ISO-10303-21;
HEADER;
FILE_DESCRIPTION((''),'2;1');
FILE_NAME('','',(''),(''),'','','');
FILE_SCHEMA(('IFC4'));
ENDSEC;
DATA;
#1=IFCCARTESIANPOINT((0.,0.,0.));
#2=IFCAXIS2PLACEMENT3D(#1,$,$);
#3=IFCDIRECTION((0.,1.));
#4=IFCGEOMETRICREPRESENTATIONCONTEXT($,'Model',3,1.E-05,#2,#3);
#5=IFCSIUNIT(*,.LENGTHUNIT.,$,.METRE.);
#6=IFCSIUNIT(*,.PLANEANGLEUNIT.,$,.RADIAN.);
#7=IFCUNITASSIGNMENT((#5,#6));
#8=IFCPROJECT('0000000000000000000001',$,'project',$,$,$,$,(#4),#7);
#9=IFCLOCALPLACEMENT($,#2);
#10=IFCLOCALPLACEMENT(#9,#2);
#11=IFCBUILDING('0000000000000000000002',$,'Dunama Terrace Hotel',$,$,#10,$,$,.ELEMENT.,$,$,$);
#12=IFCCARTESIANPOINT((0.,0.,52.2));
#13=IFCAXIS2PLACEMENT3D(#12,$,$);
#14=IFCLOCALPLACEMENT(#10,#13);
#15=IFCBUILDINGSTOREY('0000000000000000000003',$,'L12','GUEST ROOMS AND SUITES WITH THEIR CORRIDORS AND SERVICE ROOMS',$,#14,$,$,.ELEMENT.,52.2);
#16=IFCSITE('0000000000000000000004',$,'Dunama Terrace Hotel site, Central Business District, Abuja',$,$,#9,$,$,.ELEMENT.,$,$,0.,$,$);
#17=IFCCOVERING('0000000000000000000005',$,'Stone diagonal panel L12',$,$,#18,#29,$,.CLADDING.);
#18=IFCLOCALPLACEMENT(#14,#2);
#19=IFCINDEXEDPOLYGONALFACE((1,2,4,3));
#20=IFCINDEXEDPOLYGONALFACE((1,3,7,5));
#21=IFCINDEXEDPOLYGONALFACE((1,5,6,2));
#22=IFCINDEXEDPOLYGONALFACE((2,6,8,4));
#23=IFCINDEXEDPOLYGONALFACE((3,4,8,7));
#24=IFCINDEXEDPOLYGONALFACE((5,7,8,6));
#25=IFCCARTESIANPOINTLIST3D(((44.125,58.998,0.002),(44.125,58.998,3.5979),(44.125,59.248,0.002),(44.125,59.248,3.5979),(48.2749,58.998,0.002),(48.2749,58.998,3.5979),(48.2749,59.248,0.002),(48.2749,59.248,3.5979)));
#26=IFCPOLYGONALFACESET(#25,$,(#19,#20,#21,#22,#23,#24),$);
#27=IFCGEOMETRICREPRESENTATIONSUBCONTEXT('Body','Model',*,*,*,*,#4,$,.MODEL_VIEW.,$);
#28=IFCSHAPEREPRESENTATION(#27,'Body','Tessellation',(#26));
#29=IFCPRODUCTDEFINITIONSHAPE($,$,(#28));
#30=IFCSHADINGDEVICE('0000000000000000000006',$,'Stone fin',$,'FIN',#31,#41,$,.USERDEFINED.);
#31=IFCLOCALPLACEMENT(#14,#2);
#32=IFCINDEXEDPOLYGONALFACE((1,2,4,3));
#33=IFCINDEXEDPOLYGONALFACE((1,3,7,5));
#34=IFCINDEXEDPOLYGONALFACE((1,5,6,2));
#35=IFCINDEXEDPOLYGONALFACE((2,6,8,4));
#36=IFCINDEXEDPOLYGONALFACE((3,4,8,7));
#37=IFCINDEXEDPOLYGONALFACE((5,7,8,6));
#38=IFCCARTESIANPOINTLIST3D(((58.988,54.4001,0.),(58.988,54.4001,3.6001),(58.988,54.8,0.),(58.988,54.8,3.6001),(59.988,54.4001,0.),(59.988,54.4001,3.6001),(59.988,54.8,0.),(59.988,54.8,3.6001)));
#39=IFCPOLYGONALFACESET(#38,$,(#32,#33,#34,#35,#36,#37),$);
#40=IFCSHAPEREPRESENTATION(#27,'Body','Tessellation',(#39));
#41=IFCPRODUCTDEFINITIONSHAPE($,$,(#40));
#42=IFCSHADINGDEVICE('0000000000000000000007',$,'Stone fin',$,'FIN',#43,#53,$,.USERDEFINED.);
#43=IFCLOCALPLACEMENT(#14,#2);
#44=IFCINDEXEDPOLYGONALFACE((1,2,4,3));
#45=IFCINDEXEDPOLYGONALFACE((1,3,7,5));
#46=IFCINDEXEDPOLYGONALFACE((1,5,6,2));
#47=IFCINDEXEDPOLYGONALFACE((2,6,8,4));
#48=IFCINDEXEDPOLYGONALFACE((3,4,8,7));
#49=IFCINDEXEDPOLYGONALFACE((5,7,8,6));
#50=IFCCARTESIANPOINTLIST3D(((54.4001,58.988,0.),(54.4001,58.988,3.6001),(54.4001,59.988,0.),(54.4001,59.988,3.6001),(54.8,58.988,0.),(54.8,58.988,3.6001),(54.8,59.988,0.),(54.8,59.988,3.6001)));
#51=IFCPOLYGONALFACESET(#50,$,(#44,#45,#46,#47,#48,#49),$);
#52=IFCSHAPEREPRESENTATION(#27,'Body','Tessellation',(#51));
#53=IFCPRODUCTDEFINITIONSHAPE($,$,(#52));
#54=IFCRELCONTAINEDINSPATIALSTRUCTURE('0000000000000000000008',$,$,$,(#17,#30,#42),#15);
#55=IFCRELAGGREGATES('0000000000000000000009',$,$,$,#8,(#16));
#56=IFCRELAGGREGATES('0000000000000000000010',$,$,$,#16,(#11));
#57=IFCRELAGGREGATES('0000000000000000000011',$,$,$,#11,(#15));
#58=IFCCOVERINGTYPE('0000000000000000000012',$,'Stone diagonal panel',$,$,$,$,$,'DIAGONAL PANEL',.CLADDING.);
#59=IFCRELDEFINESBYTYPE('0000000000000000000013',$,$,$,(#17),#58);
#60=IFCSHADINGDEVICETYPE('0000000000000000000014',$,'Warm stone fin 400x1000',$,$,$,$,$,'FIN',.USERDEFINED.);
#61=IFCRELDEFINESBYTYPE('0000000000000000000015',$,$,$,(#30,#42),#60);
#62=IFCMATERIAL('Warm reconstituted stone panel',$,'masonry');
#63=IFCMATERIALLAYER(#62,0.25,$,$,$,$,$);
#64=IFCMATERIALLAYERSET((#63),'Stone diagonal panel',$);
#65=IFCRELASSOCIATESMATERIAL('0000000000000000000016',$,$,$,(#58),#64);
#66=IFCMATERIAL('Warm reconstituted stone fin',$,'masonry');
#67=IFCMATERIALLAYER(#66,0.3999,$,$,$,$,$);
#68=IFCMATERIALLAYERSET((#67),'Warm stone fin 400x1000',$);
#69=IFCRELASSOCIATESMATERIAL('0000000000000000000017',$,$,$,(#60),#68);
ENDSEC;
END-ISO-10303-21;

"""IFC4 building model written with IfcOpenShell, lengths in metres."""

from ifc_helpers import new_model, si_unit, direction, frame, origin, origin_2d, place, context, subcontext, project, spatial, rectangle, extrude, material, layer, layer_set, type_object, element, save


model = new_model("IFC4")

# Units and contexts
model_context = context("Model", 3, precision=1e-05, world=origin(), true_north=direction((0.0, 1.0)))
body_context = subcontext(model_context, "Body", "Model", "MODEL_VIEW")
ifc_project = project(units=[si_unit("LENGTHUNIT", "METRE"), si_unit("PLANEANGLEUNIT", "RADIAN")], contexts=[model_context])

# Site, building, storey
site_placement = place(None, origin())
site = spatial("IfcSite", under=ifc_project, at=site_placement, Name="Dunama Terrace Hotel site, Central Business District, Abuja", CompositionType="ELEMENT", RefElevation=0.0)
building_placement = place(site_placement, origin())
building = spatial("IfcBuilding", under=site, at=building_placement, Name="Dunama Terrace Hotel", CompositionType="ELEMENT")
storey_placement = place(building_placement, frame((0.0, 0.0, 52.2)))
storey = spatial("IfcBuildingStorey", under=building, at=storey_placement, Name="L12", Description="GUEST ROOMS AND SUITES WITH THEIR CORRIDORS AND SERVICE ROOMS", CompositionType="ELEMENT", Elevation=52.2)

# Covering
ifc_material_1 = material(Name="Warm reconstituted stone panel", Category="masonry")
ifc_layer_1 = layer(ifc_material_1, 0.25)
ifc_layer_set_1 = layer_set([ifc_layer_1], Name="Stone diagonal panel")
covering_type = type_object("IfcCoveringType", Name="Stone diagonal panel", ElementType="DIAGONAL PANEL", PredefinedType="CLADDING", material=ifc_layer_set_1)
covering_1_placement = place(storey_placement, frame((46.2, 59.123, 0.002), z_axis=(0.0, 0.0, 1.0), x_axis=(-1.0, 0.0, 0.0)))
element("IfcCovering", 1, at=covering_1_placement, inside=storey, type_object=covering_type, Name="Stone diagonal panel L12", PredefinedType="CLADDING", context=body_context, shape_type="SweptSolid", body=[
    extrude(rectangle(XDim=4.1499, YDim=0.25, at=origin_2d()), origin(), (0.0, 0.0, 1.0), 3.5959),
])

# Shading devices
ifc_material_2 = material(Name="Warm reconstituted stone fin", Category="masonry")
ifc_layer_2 = layer(ifc_material_2, 0.3999)
ifc_layer_set_2 = layer_set([ifc_layer_2], Name="Warm stone fin 400x1000")
shading_device_type = type_object("IfcShadingDeviceType", Name="Warm stone fin 400x1000", ElementType="FIN", PredefinedType="USERDEFINED", material=ifc_layer_set_2)
for number, where, z_axis, x_axis, name in (
    (2, (59.488, 54.6001, 0.0), (0.0, 0.0, 1.0), (0.0, 1.0, 0.0), "Stone fin"),
    (3, (54.6001, 59.488, 0.0), (0.0, 0.0, 1.0), (-1.0, 0.0, 0.0), "Stone fin"),
):
    element("IfcShadingDevice", number, at=place(storey_placement, frame(where, z_axis=z_axis, x_axis=x_axis)), inside=storey, type_object=shading_device_type, Name=name, ObjectType="FIN", PredefinedType="USERDEFINED", context=body_context, shape_type="SweptSolid", body=[
        extrude(rectangle(XDim=0.3999, YDim=1.0, at=origin_2d()), origin(), (0.0, 0.0, 1.0), 3.6001),
    ])

save(model, "model.ifc")
